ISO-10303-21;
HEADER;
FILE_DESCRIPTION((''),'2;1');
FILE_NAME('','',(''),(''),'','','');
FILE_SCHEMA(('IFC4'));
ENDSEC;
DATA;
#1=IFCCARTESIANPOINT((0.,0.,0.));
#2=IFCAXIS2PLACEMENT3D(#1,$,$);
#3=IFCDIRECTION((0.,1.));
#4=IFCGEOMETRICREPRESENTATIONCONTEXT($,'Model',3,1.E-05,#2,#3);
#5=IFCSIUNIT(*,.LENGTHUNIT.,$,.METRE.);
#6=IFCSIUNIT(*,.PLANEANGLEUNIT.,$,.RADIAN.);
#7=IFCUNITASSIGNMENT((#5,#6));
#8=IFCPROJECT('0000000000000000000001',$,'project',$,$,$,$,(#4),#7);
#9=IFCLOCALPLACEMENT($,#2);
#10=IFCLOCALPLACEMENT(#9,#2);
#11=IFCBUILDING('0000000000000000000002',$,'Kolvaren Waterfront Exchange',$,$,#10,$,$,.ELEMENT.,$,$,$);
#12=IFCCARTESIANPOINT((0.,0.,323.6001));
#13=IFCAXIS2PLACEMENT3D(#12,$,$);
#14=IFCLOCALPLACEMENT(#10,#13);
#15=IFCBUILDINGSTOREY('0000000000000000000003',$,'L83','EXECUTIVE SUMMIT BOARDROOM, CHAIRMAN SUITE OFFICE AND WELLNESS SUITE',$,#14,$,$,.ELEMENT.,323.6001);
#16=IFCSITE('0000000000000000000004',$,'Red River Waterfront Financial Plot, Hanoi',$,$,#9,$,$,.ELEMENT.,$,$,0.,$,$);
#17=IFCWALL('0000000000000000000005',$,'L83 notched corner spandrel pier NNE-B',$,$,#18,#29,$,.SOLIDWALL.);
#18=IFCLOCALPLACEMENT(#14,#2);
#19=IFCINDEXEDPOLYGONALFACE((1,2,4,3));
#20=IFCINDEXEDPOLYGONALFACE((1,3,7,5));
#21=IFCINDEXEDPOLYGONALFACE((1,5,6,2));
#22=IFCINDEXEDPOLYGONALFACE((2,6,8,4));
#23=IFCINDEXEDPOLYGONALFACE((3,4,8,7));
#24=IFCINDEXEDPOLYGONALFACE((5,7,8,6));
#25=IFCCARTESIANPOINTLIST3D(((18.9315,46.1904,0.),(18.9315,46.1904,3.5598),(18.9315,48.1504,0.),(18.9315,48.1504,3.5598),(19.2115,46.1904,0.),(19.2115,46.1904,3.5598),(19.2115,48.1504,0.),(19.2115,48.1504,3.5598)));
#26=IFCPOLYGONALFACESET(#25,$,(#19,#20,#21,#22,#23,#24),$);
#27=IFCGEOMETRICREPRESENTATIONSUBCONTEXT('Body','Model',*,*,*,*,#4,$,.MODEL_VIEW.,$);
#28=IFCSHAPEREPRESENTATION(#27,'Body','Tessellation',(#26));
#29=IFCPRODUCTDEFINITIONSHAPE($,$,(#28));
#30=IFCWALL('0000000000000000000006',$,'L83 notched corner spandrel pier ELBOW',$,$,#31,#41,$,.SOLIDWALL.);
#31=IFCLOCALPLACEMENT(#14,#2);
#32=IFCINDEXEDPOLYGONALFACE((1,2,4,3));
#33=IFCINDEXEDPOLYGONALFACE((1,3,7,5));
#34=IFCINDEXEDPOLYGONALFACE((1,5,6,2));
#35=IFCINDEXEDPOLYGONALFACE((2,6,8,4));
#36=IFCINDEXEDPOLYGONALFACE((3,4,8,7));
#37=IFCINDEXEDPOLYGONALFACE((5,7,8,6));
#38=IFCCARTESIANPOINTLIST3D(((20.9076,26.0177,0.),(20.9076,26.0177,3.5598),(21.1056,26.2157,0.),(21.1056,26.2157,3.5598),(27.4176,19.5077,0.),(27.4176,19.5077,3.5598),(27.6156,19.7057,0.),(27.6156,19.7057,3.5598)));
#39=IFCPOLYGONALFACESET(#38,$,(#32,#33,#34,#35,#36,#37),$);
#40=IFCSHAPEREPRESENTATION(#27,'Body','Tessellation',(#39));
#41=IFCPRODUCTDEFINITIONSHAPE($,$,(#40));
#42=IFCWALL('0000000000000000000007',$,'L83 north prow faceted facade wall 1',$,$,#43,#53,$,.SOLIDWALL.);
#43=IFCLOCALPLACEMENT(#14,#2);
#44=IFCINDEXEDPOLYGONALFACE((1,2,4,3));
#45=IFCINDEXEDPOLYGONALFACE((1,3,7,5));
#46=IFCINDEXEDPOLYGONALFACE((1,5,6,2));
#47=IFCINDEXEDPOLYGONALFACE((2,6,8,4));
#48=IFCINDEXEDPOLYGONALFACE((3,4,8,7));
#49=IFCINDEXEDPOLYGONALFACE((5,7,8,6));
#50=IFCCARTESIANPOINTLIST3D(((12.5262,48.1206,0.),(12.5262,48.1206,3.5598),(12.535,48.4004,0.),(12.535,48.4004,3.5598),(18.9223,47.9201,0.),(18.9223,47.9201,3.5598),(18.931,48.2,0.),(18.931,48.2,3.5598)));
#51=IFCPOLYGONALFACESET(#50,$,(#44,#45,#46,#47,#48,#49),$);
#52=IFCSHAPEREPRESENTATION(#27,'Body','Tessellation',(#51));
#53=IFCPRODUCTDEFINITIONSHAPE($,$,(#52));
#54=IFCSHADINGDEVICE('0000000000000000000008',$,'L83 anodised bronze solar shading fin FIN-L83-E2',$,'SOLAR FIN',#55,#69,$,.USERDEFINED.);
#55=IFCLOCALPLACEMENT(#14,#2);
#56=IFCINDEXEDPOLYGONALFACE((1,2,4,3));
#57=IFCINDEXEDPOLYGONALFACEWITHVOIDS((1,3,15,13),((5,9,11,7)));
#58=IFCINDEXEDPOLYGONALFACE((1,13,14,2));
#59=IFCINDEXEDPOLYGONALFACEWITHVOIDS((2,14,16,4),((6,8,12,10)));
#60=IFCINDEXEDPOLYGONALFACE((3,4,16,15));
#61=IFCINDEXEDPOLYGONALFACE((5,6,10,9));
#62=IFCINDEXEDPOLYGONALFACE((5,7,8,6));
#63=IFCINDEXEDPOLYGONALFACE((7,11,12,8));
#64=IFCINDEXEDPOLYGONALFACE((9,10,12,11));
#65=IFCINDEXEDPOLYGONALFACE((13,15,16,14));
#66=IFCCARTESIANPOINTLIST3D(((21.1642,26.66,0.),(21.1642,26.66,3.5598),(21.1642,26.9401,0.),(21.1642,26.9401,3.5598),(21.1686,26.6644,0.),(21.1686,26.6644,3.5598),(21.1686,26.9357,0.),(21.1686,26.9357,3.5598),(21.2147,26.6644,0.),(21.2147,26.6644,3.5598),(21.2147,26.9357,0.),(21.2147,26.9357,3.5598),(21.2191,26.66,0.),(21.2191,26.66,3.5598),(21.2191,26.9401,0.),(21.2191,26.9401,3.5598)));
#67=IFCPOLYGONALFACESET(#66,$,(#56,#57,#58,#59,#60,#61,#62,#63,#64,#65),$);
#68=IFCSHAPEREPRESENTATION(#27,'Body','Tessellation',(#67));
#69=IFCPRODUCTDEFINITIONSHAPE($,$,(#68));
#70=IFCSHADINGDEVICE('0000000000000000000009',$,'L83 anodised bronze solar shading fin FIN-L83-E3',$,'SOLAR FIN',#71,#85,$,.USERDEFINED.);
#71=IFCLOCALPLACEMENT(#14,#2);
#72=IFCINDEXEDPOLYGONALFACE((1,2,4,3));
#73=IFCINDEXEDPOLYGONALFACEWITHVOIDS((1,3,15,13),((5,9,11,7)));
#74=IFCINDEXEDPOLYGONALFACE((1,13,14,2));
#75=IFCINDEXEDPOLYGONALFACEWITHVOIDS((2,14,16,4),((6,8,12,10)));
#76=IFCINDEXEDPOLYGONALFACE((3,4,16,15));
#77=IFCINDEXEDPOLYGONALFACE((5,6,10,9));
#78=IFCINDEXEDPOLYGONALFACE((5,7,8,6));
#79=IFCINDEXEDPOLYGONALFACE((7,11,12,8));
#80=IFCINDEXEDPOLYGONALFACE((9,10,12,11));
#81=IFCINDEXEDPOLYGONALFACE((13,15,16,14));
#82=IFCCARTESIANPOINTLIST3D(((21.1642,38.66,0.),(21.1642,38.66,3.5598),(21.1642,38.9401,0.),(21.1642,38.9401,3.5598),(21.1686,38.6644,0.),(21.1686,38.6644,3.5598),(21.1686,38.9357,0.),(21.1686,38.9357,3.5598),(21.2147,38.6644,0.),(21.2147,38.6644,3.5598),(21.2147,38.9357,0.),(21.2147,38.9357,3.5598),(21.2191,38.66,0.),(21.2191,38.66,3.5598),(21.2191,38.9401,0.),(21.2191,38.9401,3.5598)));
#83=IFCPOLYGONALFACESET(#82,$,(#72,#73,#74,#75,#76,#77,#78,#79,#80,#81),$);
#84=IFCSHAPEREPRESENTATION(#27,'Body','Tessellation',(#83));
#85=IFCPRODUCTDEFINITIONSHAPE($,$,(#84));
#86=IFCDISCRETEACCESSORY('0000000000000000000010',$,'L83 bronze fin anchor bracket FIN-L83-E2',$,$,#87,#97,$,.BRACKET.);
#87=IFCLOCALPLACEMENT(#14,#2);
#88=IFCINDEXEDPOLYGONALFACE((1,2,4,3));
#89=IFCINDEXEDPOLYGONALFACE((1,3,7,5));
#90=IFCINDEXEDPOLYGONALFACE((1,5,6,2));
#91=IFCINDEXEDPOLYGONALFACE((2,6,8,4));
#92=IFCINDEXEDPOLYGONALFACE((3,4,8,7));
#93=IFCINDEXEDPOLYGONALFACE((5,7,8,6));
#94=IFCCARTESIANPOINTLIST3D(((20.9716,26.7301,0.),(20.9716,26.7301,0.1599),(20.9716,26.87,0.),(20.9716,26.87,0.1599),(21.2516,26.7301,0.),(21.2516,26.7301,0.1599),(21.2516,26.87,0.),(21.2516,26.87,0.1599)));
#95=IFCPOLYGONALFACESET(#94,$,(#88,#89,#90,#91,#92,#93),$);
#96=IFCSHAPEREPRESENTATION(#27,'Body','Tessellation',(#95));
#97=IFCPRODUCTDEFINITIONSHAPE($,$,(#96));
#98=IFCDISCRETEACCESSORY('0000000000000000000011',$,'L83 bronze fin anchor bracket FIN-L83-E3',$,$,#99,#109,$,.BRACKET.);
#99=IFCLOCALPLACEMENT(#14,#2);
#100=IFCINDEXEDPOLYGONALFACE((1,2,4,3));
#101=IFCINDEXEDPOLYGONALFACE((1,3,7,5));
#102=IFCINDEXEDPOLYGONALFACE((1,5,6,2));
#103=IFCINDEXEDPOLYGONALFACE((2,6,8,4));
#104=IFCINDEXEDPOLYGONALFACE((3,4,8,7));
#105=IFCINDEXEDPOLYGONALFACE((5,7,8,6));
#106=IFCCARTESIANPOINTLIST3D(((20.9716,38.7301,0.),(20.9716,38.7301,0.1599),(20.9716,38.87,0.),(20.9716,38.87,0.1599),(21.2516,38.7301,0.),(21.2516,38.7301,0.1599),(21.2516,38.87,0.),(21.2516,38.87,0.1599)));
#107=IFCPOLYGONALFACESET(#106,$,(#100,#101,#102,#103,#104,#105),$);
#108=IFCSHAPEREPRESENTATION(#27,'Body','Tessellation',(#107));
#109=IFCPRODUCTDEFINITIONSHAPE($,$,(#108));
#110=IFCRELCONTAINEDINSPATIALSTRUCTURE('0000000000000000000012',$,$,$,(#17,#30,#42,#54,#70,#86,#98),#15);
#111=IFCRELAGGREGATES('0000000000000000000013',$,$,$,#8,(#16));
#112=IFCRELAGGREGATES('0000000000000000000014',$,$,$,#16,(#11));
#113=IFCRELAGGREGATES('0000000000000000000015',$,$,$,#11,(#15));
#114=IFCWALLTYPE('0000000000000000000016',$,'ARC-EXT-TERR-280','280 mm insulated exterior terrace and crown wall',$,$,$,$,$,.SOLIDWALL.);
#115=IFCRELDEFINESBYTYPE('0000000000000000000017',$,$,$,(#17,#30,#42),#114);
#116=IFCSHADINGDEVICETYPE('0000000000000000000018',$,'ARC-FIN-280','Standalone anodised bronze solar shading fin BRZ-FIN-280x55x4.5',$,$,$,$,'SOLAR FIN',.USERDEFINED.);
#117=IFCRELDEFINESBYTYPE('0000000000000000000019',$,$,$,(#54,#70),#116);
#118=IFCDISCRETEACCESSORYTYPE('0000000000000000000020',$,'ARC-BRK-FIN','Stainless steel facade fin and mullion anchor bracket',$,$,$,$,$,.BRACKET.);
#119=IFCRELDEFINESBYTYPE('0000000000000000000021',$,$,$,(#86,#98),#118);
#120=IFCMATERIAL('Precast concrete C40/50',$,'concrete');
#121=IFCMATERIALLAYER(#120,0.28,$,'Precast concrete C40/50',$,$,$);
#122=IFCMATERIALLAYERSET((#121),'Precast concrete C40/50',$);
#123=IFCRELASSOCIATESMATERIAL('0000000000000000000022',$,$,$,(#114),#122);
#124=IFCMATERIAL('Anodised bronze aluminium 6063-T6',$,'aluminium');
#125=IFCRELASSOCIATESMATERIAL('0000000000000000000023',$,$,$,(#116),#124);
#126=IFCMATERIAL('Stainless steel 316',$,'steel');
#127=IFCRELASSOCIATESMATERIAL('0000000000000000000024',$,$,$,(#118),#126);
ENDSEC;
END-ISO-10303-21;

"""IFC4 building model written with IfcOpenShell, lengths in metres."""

from ifc_helpers import new_model, si_unit, direction, frame, frame_2d, origin, origin_with_axes, origin_2d, place, context, subcontext, project, spatial, rectangle, hollow_rectangle, extrude, source, transform, mapped, material, layer, layer_set, material_profile, profile_set, type_object, element, save


model = new_model("IFC4")

# Units and contexts
model_context = context("Model", 3, precision=1e-05, world=origin(), true_north=direction((0.0, 1.0)))
body_context = subcontext(model_context, "Body", "Model", "MODEL_VIEW")
ifc_project = project(units=[si_unit("LENGTHUNIT", "METRE"), si_unit("PLANEANGLEUNIT", "RADIAN")], contexts=[model_context])

# Site, building, storey
site_placement = place(None, origin())
site = spatial("IfcSite", under=ifc_project, at=site_placement, Name="Red River Waterfront Financial Plot, Hanoi", CompositionType="ELEMENT", RefElevation=0.0)
building_placement = place(site_placement, origin())
building = spatial("IfcBuilding", under=site, at=building_placement, Name="Kolvaren Waterfront Exchange", CompositionType="ELEMENT")
storey_placement = place(building_placement, frame((0.0, 0.0, 323.6001)))
storey = spatial("IfcBuildingStorey", under=building, at=storey_placement, Name="L83", Description="EXECUTIVE SUMMIT BOARDROOM, CHAIRMAN SUITE OFFICE AND WELLNESS SUITE", CompositionType="ELEMENT", Elevation=323.6001)

# Shared definitions
ifc_material_1 = material(Name="Anodised bronze aluminium 6063-T6", Category="aluminium")

# Walls
ifc_material_2 = material(Name="Precast concrete C40/50", Category="concrete")
ifc_layer_1 = layer(ifc_material_2, 0.28, Name="Precast concrete C40/50")
ifc_layer_set_1 = layer_set([ifc_layer_1], Name="Precast concrete C40/50")
wall_type = type_object("IfcWallType", Name="ARC-EXT-TERR-280", Description="280 mm insulated exterior terrace and crown wall", PredefinedType="SOLIDWALL", material=ifc_layer_set_1)
wall_1_placement = place(storey_placement, frame((19.0715, 46.1904, 0.0), z_axis=(0.0, 0.0, 1.0), x_axis=(0.0, 1.0, 0.0)))
element("IfcWall", 1, at=wall_1_placement, inside=storey, type_object=wall_type, Name="L83 notched corner spandrel pier NNE-B", PredefinedType="SOLIDWALL", context=body_context, shape_type="SweptSolid", body=[
    extrude(rectangle(XDim=1.96, YDim=0.28, at=frame_2d((0.98, 0.0))), origin(), (0.0, 0.0, 1.0), 3.5598),
])
wall_2_placement = place(storey_placement, frame((27.5166, 19.6067, 0.0), z_axis=(0.0, 0.0, 1.0), x_axis=(-0.707107, 0.707107, 0.0)))
element("IfcWall", 2, at=wall_2_placement, inside=storey, type_object=wall_type, Name="L83 notched corner spandrel pier ELBOW", PredefinedType="SOLIDWALL", context=body_context, shape_type="SweptSolid", body=[
    extrude(rectangle(XDim=9.2065, YDim=0.28, at=frame_2d((4.6033, 0.0))), origin(), (0.0, 0.0, 1.0), 3.5598),
])
wall_3_placement = place(storey_placement, frame((18.9268, 48.0601, 0.0), z_axis=(0.0, 0.0, 1.0), x_axis=(-0.999509, 0.031323, 0.0)))
element("IfcWall", 3, at=wall_3_placement, inside=storey, type_object=wall_type, Name="L83 north prow faceted facade wall 1", PredefinedType="SOLIDWALL", context=body_context, shape_type="SweptSolid", body=[
    extrude(rectangle(XDim=6.3992, YDim=0.28, at=frame_2d((3.1997, 0.0))), origin(), (0.0, 0.0, 1.0), 3.5598),
])

# Shading devices
ifc_material_profile_1 = material_profile(ifc_material_1, hollow_rectangle(XDim=0.0549, YDim=0.28, WallThickness=0.0044, at=origin_2d()), Name="BRZ-FIN-280x55x4.5")
ifc_profile_set_1 = profile_set([ifc_material_profile_1], Name="Anodised bronze aluminium 6063-T6")
shading_device_type = type_object("IfcShadingDeviceType", Name="ARC-FIN-280", Description="Standalone anodised bronze solar shading fin BRZ-FIN-280x55x4.5", ElementType="SOLAR FIN", PredefinedType="USERDEFINED", material=ifc_profile_set_1)
for number, where, z_axis, x_axis, name in (
    (4, (21.1917, 26.8, 0.0), (0.0, 0.0, 1.0), (1.0, 0.0, 0.0), "L83 anodised bronze solar shading fin FIN-L83-E2"),
    (5, (21.1917, 38.8, 0.0), (0.0, 0.0, 1.0), (1.0, 0.0, 0.0), "L83 anodised bronze solar shading fin FIN-L83-E3"),
):
    element("IfcShadingDevice", number, at=place(storey_placement, frame(where, z_axis=z_axis, x_axis=x_axis)), inside=storey, type_object=shading_device_type, Name=name, ObjectType="SOLAR FIN", PredefinedType="USERDEFINED", context=body_context, shape_type="SweptSolid", body=[
        extrude(hollow_rectangle(XDim=0.0549, YDim=0.28, WallThickness=0.0044, at=origin_2d()), origin(), (0.0, 0.0, 1.0), 3.5598),
    ])

# Shared definitions
ifc_material_3 = material(Name="Stainless steel 316", Category="steel")

# Discrete accessories
discrete_accessory_type = type_object("IfcDiscreteAccessoryType", Name="ARC-BRK-FIN", Description="Stainless steel facade fin and mullion anchor bracket", PredefinedType="BRACKET", material=ifc_material_3)
shared_shape_1 = source(origin_with_axes(), body_context, "Body", "SweptSolid", [
    extrude(rectangle(XDim=0.28, YDim=0.1399, at=origin_2d()), origin(), (0.0, 0.0, 1.0), 0.1599),
])
for number, where, z_axis, x_axis, name in (
    (6, (21.1116, 26.8, 0.0), (0.0, 0.0, 1.0), (1.0, 0.0, 0.0), "L83 bronze fin anchor bracket FIN-L83-E2"),
    (7, (21.1116, 38.8, 0.0), (0.0, 0.0, 1.0), (1.0, 0.0, 0.0), "L83 bronze fin anchor bracket FIN-L83-E3"),
):
    element("IfcDiscreteAccessory", number, at=place(storey_placement, frame(where, z_axis=z_axis, x_axis=x_axis)), inside=storey, type_object=discrete_accessory_type, Name=name, PredefinedType="BRACKET", context=body_context, shape_type="MappedRepresentation", body=[
        mapped(shared_shape_1, transform((0.0, 0.0, 0.0), x_axis=(1.0, 0.0, 0.0), y_axis=(0.0, 1.0, 0.0), z_axis=(0.0, 0.0, 1.0), scale=1.0)),
    ])

save(model, "model.ifc")
